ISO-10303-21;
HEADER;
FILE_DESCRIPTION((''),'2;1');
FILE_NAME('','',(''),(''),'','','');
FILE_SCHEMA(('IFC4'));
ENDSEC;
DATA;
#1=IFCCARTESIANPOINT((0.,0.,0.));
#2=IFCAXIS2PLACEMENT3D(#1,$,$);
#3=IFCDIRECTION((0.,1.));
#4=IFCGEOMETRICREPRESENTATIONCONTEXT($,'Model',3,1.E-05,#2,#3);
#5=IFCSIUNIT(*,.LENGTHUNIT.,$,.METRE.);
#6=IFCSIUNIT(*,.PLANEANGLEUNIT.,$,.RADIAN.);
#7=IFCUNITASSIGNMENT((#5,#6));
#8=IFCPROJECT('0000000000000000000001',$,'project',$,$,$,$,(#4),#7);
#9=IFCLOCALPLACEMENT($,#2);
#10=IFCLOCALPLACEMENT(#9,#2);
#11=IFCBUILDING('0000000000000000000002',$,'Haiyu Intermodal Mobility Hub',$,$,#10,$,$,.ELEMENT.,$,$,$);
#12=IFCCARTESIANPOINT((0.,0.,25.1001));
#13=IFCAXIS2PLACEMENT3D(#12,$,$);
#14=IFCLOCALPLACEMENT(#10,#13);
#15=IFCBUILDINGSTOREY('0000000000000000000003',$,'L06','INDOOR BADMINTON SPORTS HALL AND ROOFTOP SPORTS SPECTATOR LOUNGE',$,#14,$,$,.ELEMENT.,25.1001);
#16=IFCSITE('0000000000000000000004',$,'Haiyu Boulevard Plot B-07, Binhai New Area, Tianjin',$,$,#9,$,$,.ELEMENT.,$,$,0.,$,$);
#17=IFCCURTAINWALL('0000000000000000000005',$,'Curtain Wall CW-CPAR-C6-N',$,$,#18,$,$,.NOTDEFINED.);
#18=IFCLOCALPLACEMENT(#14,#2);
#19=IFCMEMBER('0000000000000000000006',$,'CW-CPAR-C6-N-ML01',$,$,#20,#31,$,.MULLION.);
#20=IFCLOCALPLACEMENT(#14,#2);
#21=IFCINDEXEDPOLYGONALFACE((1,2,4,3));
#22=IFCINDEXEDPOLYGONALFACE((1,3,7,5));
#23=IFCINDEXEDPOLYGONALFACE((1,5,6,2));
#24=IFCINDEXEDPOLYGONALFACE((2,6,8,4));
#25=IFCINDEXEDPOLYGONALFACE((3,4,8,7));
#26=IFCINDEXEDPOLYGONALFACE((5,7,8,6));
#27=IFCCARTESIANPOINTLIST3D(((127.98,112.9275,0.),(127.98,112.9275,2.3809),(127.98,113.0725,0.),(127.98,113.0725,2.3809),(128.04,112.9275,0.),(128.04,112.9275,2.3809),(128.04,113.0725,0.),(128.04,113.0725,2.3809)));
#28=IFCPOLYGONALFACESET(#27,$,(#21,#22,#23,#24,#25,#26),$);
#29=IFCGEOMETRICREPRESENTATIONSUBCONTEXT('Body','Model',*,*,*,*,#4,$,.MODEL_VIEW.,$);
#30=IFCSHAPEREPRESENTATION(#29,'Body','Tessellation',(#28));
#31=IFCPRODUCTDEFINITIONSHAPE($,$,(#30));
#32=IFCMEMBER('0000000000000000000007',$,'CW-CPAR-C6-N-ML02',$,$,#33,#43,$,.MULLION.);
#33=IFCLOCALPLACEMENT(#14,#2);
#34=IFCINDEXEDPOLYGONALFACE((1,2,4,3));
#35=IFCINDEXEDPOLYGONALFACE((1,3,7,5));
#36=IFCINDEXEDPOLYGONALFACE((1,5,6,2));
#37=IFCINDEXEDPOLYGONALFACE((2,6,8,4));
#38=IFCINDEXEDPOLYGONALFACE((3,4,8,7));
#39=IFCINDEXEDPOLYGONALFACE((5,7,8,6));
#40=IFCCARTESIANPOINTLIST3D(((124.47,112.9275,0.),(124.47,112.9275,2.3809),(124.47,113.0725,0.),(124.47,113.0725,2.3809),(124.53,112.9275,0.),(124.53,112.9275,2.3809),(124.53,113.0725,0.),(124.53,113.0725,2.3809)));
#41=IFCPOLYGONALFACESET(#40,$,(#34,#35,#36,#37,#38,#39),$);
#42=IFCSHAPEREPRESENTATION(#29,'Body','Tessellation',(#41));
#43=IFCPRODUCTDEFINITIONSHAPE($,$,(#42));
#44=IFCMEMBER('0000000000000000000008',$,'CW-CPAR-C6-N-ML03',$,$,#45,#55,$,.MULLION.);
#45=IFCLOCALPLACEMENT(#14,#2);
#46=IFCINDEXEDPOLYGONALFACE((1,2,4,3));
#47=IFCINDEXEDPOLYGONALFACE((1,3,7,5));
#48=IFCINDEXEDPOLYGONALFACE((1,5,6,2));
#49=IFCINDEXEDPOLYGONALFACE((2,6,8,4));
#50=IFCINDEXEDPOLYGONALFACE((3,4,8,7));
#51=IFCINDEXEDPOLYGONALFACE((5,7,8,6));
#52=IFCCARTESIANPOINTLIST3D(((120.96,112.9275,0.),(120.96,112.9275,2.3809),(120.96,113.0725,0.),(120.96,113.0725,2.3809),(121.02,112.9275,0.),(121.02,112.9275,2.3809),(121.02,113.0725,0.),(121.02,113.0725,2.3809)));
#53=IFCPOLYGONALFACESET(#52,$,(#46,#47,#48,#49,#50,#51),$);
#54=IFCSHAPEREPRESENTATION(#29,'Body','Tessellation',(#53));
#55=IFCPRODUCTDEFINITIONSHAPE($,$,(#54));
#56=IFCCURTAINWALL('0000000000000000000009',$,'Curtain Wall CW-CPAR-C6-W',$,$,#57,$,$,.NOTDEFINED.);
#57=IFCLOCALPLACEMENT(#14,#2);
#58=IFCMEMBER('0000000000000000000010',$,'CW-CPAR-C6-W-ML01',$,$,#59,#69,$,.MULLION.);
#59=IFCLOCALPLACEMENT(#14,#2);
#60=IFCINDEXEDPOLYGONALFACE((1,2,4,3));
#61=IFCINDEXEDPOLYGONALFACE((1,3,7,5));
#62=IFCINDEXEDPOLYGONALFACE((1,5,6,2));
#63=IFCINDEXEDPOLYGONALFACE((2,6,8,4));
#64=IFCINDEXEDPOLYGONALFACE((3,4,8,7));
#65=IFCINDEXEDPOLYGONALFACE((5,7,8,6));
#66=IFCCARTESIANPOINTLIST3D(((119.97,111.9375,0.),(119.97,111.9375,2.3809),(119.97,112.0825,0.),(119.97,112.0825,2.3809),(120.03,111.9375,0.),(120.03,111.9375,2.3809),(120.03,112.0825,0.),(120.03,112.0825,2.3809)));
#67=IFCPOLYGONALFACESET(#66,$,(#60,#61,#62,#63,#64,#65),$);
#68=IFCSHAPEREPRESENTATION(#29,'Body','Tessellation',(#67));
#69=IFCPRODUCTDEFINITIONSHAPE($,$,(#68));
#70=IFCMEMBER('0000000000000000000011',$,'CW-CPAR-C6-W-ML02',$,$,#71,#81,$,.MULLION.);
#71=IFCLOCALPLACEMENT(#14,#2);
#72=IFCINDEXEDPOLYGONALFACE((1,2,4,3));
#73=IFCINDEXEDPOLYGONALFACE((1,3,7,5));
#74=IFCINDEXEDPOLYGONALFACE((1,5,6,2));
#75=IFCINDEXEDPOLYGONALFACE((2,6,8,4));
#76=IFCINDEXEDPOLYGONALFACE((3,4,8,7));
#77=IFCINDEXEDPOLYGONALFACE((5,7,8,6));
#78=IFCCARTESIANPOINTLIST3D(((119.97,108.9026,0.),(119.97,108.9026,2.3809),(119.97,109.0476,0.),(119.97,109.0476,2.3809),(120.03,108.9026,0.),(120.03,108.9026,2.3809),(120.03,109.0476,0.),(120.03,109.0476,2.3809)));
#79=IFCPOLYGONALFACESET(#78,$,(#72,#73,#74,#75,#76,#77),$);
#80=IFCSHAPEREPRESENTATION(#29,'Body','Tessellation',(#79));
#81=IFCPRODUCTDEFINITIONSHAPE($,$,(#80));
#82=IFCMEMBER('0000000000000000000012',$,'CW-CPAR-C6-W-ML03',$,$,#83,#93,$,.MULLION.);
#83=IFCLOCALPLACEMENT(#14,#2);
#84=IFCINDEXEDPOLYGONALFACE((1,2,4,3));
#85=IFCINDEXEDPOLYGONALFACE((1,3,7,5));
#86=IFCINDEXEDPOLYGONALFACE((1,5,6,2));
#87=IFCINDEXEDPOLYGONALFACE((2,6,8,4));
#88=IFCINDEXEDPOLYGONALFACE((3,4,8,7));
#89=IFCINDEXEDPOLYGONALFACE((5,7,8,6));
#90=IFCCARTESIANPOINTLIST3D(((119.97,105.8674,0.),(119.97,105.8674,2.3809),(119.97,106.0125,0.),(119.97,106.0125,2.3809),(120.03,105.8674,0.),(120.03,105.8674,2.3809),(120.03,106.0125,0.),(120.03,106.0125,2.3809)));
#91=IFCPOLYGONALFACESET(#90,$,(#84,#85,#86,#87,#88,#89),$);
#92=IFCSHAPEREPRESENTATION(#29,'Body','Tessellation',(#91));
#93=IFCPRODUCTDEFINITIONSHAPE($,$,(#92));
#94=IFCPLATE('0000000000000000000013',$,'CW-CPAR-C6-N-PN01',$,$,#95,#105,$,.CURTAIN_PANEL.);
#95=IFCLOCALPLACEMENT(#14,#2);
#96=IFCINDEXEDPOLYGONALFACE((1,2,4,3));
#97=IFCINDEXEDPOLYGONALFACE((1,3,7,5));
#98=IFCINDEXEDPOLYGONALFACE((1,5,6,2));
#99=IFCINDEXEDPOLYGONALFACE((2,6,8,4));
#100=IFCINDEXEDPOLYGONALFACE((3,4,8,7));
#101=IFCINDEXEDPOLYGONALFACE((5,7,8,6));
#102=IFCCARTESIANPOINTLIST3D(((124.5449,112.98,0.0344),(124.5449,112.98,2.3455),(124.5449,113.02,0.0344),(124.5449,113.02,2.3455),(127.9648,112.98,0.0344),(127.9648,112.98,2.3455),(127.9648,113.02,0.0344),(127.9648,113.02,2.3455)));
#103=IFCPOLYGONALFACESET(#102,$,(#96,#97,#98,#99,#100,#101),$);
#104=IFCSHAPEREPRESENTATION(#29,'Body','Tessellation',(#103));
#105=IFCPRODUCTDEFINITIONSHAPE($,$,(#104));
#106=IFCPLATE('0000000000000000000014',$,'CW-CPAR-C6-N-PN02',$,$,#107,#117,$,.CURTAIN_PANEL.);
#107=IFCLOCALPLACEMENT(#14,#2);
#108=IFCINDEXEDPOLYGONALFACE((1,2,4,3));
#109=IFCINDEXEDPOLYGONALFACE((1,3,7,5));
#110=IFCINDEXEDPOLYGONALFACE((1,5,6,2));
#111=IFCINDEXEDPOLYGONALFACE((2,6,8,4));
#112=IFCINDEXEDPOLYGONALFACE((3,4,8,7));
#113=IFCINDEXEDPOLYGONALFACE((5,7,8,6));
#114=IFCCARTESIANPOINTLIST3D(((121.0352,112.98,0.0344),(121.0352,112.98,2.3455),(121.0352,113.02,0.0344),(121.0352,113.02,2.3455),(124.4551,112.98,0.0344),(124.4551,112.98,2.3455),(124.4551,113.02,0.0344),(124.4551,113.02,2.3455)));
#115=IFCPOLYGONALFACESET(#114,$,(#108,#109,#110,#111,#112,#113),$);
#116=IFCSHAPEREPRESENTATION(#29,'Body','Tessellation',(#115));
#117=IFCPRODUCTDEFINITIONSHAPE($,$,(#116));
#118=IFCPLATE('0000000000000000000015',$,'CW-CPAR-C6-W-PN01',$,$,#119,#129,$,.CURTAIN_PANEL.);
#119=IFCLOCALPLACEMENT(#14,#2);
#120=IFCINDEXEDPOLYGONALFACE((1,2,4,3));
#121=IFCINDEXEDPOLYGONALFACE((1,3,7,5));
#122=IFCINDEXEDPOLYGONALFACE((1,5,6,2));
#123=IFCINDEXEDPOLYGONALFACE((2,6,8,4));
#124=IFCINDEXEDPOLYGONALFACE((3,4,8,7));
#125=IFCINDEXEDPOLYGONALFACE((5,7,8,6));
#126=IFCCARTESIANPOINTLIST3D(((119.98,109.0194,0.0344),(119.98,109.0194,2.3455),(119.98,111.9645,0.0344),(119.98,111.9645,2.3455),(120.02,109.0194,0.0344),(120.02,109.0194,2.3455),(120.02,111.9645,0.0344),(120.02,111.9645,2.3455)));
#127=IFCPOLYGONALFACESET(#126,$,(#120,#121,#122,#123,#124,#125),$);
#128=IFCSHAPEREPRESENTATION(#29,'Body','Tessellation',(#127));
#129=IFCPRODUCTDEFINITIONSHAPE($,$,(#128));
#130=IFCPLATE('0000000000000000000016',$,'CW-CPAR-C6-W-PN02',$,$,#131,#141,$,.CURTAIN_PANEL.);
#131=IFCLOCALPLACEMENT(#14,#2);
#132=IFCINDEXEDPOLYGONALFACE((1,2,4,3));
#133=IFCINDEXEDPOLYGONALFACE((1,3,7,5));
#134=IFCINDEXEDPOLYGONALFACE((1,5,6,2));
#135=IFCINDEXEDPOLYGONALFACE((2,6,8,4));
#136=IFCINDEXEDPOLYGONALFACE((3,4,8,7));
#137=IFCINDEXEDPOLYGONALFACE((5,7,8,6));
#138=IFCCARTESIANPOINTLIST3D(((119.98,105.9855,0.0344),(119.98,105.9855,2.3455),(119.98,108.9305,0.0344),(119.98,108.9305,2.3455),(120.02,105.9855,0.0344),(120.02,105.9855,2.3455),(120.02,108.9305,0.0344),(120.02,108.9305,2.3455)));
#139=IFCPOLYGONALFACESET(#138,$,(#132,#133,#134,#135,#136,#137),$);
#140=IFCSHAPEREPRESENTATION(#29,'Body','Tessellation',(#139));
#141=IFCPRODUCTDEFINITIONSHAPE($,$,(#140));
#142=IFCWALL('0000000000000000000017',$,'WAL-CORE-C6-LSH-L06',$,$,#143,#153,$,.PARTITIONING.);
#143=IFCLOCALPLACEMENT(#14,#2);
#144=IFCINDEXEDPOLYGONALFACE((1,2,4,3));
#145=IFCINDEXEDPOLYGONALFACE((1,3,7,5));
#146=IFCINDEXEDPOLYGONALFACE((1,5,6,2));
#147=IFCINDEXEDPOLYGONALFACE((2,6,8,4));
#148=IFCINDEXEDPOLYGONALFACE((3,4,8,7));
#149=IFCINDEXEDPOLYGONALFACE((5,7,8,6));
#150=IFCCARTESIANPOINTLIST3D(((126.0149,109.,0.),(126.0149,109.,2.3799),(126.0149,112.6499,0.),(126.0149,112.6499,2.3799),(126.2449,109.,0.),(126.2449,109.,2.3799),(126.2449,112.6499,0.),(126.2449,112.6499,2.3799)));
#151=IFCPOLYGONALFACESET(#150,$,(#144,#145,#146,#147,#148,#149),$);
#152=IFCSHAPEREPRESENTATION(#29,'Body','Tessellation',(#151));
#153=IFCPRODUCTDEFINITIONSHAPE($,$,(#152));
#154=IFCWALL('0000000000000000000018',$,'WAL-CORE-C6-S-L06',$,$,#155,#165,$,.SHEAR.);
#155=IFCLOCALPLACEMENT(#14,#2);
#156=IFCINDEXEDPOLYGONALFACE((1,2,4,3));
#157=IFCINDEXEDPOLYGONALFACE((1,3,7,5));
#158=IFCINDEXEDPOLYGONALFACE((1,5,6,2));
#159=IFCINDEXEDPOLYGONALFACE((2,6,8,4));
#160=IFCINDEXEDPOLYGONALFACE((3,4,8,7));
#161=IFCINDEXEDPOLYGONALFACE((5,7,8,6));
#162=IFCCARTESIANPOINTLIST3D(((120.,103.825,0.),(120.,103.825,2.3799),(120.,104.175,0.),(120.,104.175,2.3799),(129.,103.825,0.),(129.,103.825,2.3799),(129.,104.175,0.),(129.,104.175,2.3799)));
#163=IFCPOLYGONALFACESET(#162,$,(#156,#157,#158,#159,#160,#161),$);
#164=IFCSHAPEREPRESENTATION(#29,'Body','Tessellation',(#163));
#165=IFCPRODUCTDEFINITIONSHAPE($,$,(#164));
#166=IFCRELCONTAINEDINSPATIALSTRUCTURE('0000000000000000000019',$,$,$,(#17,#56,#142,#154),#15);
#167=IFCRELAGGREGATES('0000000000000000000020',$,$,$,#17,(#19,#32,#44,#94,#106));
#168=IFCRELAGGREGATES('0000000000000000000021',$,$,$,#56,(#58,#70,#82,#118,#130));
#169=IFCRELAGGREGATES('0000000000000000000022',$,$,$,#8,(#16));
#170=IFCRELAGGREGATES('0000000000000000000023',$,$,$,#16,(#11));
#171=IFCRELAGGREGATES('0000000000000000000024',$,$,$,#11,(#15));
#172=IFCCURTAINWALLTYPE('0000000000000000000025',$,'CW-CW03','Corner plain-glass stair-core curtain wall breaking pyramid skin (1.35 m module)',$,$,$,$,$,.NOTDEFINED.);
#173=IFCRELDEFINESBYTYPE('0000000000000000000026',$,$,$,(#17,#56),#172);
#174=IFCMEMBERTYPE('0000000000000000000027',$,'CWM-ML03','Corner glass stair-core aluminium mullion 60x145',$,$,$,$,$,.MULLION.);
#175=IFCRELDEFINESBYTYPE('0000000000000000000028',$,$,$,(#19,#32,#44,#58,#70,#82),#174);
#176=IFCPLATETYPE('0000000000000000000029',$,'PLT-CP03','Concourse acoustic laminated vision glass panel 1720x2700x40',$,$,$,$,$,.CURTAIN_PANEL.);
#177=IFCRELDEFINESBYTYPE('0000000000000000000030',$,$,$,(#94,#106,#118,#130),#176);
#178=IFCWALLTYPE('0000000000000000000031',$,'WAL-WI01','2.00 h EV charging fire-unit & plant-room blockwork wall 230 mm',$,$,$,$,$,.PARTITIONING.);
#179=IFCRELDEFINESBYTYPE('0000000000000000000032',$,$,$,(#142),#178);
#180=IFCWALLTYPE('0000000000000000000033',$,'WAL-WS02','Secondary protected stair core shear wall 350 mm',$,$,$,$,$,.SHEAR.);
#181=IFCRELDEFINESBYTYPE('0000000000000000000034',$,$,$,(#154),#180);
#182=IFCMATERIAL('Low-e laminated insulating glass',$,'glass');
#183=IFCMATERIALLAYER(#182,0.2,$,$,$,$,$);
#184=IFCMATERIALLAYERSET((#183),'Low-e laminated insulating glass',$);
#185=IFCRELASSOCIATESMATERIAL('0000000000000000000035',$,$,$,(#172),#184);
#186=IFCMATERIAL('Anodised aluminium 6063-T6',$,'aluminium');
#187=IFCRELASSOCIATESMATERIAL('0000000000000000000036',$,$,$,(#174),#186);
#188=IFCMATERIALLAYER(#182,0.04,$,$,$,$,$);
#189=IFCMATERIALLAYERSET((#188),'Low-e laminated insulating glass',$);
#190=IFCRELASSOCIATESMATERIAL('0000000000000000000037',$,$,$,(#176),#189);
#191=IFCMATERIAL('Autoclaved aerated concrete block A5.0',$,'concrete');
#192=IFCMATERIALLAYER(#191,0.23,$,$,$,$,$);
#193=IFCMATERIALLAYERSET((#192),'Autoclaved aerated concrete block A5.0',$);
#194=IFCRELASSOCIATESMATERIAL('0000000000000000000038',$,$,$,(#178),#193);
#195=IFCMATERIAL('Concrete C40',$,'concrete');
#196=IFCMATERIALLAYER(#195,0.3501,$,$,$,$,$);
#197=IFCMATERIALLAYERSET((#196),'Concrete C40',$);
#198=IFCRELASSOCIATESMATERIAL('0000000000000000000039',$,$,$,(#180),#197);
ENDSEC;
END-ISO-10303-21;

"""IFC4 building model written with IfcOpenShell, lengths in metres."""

from ifc_helpers import new_model, si_unit, direction, frame, frame_2d, origin, origin_2d, place, context, subcontext, project, spatial, rectangle, extrude, material, layer, layer_set, material_profile, profile_set, type_object, element, aggregate, save


model = new_model("IFC4")

# Units and contexts
model_context = context("Model", 3, precision=1e-05, world=origin(), true_north=direction((0.0, 1.0)))
body_context = subcontext(model_context, "Body", "Model", "MODEL_VIEW")
ifc_project = project(units=[si_unit("LENGTHUNIT", "METRE"), si_unit("PLANEANGLEUNIT", "RADIAN")], contexts=[model_context])

# Site, building, storey
site_placement = place(None, origin())
site = spatial("IfcSite", under=ifc_project, at=site_placement, Name="Haiyu Boulevard Plot B-07, Binhai New Area, Tianjin", CompositionType="ELEMENT", RefElevation=0.0)
building_placement = place(site_placement, origin())
building = spatial("IfcBuilding", under=site, at=building_placement, Name="Haiyu Intermodal Mobility Hub", CompositionType="ELEMENT")
storey_placement = place(building_placement, frame((0.0, 0.0, 25.1001)))
storey = spatial("IfcBuildingStorey", under=building, at=storey_placement, Name="L06", Description="INDOOR BADMINTON SPORTS HALL AND ROOFTOP SPORTS SPECTATOR LOUNGE", CompositionType="ELEMENT", Elevation=25.1001)

# Shared definitions
ifc_material_1 = material(Name="Concrete C40", Category="concrete")

# Curtain walls, members
ifc_material_2 = material(Name="Low-e laminated insulating glass", Category="glass")
ifc_layer_1 = layer(ifc_material_2, 0.2)
ifc_layer_set_1 = layer_set([ifc_layer_1], Name="Low-e laminated insulating glass")
curtain_wall_type = type_object("IfcCurtainWallType", Name="CW-CW03", Description="Corner plain-glass stair-core curtain wall breaking pyramid skin (1.35 m module)", PredefinedType="NOTDEFINED", material=ifc_layer_set_1)
curtain_wall_1_placement = place(storey_placement, origin())
curtain_wall_1 = element("IfcCurtainWall", 1, at=curtain_wall_1_placement, inside=storey, type_object=curtain_wall_type, Name="Curtain Wall CW-CPAR-C6-N", PredefinedType="NOTDEFINED")
ifc_material_3 = material(Name="Anodised aluminium 6063-T6", Category="aluminium")
ifc_material_profile_1 = material_profile(ifc_material_3, rectangle(XDim=0.0601, YDim=0.145, at=origin_2d()), Name="ALU60x145")
ifc_profile_set_1 = profile_set([ifc_material_profile_1], Name="Anodised aluminium 6063-T6")
member_type = type_object("IfcMemberType", Name="CWM-ML03", Description="Corner glass stair-core aluminium mullion 60x145", PredefinedType="MULLION", material=ifc_profile_set_1)
member_1_placement = place(storey_placement, frame((128.01, 113.0, 0.0), z_axis=(0.0, 0.0, 1.0), x_axis=(1.0, 0.0, 0.0)))
member_1 = element("IfcMember", 2, at=member_1_placement, type_object=member_type, Name="CW-CPAR-C6-N-ML01", PredefinedType="MULLION", context=body_context, shape_type="SweptSolid", body=[
    extrude(rectangle(XDim=0.0601, YDim=0.145, at=origin_2d()), origin(), (0.0, 0.0, 1.0), 2.3809),
])
member_2_placement = place(storey_placement, frame((124.5, 113.0, 0.0), z_axis=(0.0, 0.0, 1.0), x_axis=(1.0, 0.0, 0.0)))
member_2 = element("IfcMember", 3, at=member_2_placement, type_object=member_type, Name="CW-CPAR-C6-N-ML02", PredefinedType="MULLION", context=body_context, shape_type="SweptSolid", body=[
    extrude(rectangle(XDim=0.0601, YDim=0.145, at=origin_2d()), origin(), (0.0, 0.0, 1.0), 2.3809),
])
member_3_placement = place(storey_placement, frame((120.99, 113.0, 0.0), z_axis=(0.0, 0.0, 1.0), x_axis=(1.0, 0.0, 0.0)))
member_3 = element("IfcMember", 4, at=member_3_placement, type_object=member_type, Name="CW-CPAR-C6-N-ML03", PredefinedType="MULLION", context=body_context, shape_type="SweptSolid", body=[
    extrude(rectangle(XDim=0.0601, YDim=0.145, at=origin_2d()), origin(), (0.0, 0.0, 1.0), 2.3809),
])
curtain_wall_2_placement = place(storey_placement, origin())
curtain_wall_2 = element("IfcCurtainWall", 5, at=curtain_wall_2_placement, inside=storey, type_object=curtain_wall_type, Name="Curtain Wall CW-CPAR-C6-W", PredefinedType="NOTDEFINED")
member_4_placement = place(storey_placement, frame((120.0, 112.01, 0.0), z_axis=(0.0, 0.0, 1.0), x_axis=(1.0, 0.0, 0.0)))
member_4 = element("IfcMember", 6, at=member_4_placement, type_object=member_type, Name="CW-CPAR-C6-W-ML01", PredefinedType="MULLION", context=body_context, shape_type="SweptSolid", body=[
    extrude(rectangle(XDim=0.0601, YDim=0.145, at=origin_2d()), origin(), (0.0, 0.0, 1.0), 2.3809),
])
member_5_placement = place(storey_placement, frame((120.0, 108.9751, 0.0), z_axis=(0.0, 0.0, 1.0), x_axis=(1.0, 0.0, 0.0)))
member_5 = element("IfcMember", 7, at=member_5_placement, type_object=member_type, Name="CW-CPAR-C6-W-ML02", PredefinedType="MULLION", context=body_context, shape_type="SweptSolid", body=[
    extrude(rectangle(XDim=0.0601, YDim=0.145, at=origin_2d()), origin(), (0.0, 0.0, 1.0), 2.3809),
])
member_6_placement = place(storey_placement, frame((120.0, 105.9399, 0.0), z_axis=(0.0, 0.0, 1.0), x_axis=(1.0, 0.0, 0.0)))
member_6 = element("IfcMember", 8, at=member_6_placement, type_object=member_type, Name="CW-CPAR-C6-W-ML03", PredefinedType="MULLION", context=body_context, shape_type="SweptSolid", body=[
    extrude(rectangle(XDim=0.0601, YDim=0.145, at=origin_2d()), origin(), (0.0, 0.0, 1.0), 2.3809),
])

# Plates
ifc_layer_2 = layer(ifc_material_2, 0.04)
ifc_layer_set_2 = layer_set([ifc_layer_2], Name="Low-e laminated insulating glass")
plate_type = type_object("IfcPlateType", Name="PLT-CP03", Description="Concourse acoustic laminated vision glass panel 1720x2700x40", PredefinedType="CURTAIN_PANEL", material=ifc_layer_set_2)
plate_1_placement = place(storey_placement, frame((126.2549, 113.0, 0.0344), z_axis=(0.0, 0.0, 1.0), x_axis=(-1.0, 0.0, 0.0)))
plate_1 = element("IfcPlate", 9, at=plate_1_placement, type_object=plate_type, Name="CW-CPAR-C6-N-PN01", PredefinedType="CURTAIN_PANEL", context=body_context, shape_type="SweptSolid", body=[
    extrude(rectangle(XDim=3.4199, YDim=0.04, at=origin_2d()), origin(), (0.0, 0.0, 1.0), 2.311),
])
plate_2_placement = place(storey_placement, frame((122.7451, 113.0, 0.0344), z_axis=(0.0, 0.0, 1.0), x_axis=(-1.0, 0.0, 0.0)))
plate_2 = element("IfcPlate", 10, at=plate_2_placement, type_object=plate_type, Name="CW-CPAR-C6-N-PN02", PredefinedType="CURTAIN_PANEL", context=body_context, shape_type="SweptSolid", body=[
    extrude(rectangle(XDim=3.4199, YDim=0.04, at=origin_2d()), origin(), (0.0, 0.0, 1.0), 2.311),
])
aggregate(curtain_wall_1, [member_1, member_2, member_3, plate_1, plate_2])
plate_3_placement = place(storey_placement, frame((120.0, 110.4919, 0.0344), z_axis=(0.0, 0.0, 1.0), x_axis=(0.0, -1.0, 0.0)))
plate_3 = element("IfcPlate", 11, at=plate_3_placement, type_object=plate_type, Name="CW-CPAR-C6-W-PN01", PredefinedType="CURTAIN_PANEL", context=body_context, shape_type="SweptSolid", body=[
    extrude(rectangle(XDim=2.9451, YDim=0.04, at=origin_2d()), origin(), (0.0, 0.0, 1.0), 2.311),
])
plate_4_placement = place(storey_placement, frame((120.0, 107.458, 0.0344), z_axis=(0.0, 0.0, 1.0), x_axis=(0.0, -1.0, 0.0)))
plate_4 = element("IfcPlate", 12, at=plate_4_placement, type_object=plate_type, Name="CW-CPAR-C6-W-PN02", PredefinedType="CURTAIN_PANEL", context=body_context, shape_type="SweptSolid", body=[
    extrude(rectangle(XDim=2.9451, YDim=0.04, at=origin_2d()), origin(), (0.0, 0.0, 1.0), 2.311),
])
aggregate(curtain_wall_2, [member_4, member_5, member_6, plate_3, plate_4])

# Wall
ifc_material_4 = material(Name="Autoclaved aerated concrete block A5.0", Category="concrete")
ifc_layer_3 = layer(ifc_material_4, 0.23)
ifc_layer_set_3 = layer_set([ifc_layer_3], Name="Autoclaved aerated concrete block A5.0")
wall_type_1 = type_object("IfcWallType", Name="WAL-WI01", Description="2.00 h EV charging fire-unit & plant-room blockwork wall 230 mm", PredefinedType="PARTITIONING", material=ifc_layer_set_3)
wall_1_placement = place(storey_placement, frame((126.1299, 109.0, 0.0), z_axis=(0.0, 0.0, 1.0), x_axis=(0.0, 1.0, 0.0)))
element("IfcWall", 13, at=wall_1_placement, inside=storey, type_object=wall_type_1, Name="WAL-CORE-C6-LSH-L06", PredefinedType="PARTITIONING", context=body_context, shape_type="SweptSolid", body=[
    extrude(rectangle(XDim=3.6499, YDim=0.23, at=frame_2d((1.825, 0.0))), origin(), (0.0, 0.0, 1.0), 2.3799),
])

# Wall
ifc_layer_4 = layer(ifc_material_1, 0.3501)
ifc_layer_set_4 = layer_set([ifc_layer_4], Name="Concrete C40")
wall_type_2 = type_object("IfcWallType", Name="WAL-WS02", Description="Secondary protected stair core shear wall 350 mm", PredefinedType="SHEAR", material=ifc_layer_set_4)
wall_2_placement = place(storey_placement, frame((120.0, 104.0, 0.0), z_axis=(0.0, 0.0, 1.0), x_axis=(1.0, 0.0, 0.0)))
element("IfcWall", 14, at=wall_2_placement, inside=storey, type_object=wall_type_2, Name="WAL-CORE-C6-S-L06", PredefinedType="SHEAR", context=body_context, shape_type="SweptSolid", body=[
    extrude(rectangle(XDim=9.0, YDim=0.3501, at=frame_2d((4.5, 0.0))), origin(), (0.0, 0.0, 1.0), 2.3799),
])

save(model, "model.ifc")
